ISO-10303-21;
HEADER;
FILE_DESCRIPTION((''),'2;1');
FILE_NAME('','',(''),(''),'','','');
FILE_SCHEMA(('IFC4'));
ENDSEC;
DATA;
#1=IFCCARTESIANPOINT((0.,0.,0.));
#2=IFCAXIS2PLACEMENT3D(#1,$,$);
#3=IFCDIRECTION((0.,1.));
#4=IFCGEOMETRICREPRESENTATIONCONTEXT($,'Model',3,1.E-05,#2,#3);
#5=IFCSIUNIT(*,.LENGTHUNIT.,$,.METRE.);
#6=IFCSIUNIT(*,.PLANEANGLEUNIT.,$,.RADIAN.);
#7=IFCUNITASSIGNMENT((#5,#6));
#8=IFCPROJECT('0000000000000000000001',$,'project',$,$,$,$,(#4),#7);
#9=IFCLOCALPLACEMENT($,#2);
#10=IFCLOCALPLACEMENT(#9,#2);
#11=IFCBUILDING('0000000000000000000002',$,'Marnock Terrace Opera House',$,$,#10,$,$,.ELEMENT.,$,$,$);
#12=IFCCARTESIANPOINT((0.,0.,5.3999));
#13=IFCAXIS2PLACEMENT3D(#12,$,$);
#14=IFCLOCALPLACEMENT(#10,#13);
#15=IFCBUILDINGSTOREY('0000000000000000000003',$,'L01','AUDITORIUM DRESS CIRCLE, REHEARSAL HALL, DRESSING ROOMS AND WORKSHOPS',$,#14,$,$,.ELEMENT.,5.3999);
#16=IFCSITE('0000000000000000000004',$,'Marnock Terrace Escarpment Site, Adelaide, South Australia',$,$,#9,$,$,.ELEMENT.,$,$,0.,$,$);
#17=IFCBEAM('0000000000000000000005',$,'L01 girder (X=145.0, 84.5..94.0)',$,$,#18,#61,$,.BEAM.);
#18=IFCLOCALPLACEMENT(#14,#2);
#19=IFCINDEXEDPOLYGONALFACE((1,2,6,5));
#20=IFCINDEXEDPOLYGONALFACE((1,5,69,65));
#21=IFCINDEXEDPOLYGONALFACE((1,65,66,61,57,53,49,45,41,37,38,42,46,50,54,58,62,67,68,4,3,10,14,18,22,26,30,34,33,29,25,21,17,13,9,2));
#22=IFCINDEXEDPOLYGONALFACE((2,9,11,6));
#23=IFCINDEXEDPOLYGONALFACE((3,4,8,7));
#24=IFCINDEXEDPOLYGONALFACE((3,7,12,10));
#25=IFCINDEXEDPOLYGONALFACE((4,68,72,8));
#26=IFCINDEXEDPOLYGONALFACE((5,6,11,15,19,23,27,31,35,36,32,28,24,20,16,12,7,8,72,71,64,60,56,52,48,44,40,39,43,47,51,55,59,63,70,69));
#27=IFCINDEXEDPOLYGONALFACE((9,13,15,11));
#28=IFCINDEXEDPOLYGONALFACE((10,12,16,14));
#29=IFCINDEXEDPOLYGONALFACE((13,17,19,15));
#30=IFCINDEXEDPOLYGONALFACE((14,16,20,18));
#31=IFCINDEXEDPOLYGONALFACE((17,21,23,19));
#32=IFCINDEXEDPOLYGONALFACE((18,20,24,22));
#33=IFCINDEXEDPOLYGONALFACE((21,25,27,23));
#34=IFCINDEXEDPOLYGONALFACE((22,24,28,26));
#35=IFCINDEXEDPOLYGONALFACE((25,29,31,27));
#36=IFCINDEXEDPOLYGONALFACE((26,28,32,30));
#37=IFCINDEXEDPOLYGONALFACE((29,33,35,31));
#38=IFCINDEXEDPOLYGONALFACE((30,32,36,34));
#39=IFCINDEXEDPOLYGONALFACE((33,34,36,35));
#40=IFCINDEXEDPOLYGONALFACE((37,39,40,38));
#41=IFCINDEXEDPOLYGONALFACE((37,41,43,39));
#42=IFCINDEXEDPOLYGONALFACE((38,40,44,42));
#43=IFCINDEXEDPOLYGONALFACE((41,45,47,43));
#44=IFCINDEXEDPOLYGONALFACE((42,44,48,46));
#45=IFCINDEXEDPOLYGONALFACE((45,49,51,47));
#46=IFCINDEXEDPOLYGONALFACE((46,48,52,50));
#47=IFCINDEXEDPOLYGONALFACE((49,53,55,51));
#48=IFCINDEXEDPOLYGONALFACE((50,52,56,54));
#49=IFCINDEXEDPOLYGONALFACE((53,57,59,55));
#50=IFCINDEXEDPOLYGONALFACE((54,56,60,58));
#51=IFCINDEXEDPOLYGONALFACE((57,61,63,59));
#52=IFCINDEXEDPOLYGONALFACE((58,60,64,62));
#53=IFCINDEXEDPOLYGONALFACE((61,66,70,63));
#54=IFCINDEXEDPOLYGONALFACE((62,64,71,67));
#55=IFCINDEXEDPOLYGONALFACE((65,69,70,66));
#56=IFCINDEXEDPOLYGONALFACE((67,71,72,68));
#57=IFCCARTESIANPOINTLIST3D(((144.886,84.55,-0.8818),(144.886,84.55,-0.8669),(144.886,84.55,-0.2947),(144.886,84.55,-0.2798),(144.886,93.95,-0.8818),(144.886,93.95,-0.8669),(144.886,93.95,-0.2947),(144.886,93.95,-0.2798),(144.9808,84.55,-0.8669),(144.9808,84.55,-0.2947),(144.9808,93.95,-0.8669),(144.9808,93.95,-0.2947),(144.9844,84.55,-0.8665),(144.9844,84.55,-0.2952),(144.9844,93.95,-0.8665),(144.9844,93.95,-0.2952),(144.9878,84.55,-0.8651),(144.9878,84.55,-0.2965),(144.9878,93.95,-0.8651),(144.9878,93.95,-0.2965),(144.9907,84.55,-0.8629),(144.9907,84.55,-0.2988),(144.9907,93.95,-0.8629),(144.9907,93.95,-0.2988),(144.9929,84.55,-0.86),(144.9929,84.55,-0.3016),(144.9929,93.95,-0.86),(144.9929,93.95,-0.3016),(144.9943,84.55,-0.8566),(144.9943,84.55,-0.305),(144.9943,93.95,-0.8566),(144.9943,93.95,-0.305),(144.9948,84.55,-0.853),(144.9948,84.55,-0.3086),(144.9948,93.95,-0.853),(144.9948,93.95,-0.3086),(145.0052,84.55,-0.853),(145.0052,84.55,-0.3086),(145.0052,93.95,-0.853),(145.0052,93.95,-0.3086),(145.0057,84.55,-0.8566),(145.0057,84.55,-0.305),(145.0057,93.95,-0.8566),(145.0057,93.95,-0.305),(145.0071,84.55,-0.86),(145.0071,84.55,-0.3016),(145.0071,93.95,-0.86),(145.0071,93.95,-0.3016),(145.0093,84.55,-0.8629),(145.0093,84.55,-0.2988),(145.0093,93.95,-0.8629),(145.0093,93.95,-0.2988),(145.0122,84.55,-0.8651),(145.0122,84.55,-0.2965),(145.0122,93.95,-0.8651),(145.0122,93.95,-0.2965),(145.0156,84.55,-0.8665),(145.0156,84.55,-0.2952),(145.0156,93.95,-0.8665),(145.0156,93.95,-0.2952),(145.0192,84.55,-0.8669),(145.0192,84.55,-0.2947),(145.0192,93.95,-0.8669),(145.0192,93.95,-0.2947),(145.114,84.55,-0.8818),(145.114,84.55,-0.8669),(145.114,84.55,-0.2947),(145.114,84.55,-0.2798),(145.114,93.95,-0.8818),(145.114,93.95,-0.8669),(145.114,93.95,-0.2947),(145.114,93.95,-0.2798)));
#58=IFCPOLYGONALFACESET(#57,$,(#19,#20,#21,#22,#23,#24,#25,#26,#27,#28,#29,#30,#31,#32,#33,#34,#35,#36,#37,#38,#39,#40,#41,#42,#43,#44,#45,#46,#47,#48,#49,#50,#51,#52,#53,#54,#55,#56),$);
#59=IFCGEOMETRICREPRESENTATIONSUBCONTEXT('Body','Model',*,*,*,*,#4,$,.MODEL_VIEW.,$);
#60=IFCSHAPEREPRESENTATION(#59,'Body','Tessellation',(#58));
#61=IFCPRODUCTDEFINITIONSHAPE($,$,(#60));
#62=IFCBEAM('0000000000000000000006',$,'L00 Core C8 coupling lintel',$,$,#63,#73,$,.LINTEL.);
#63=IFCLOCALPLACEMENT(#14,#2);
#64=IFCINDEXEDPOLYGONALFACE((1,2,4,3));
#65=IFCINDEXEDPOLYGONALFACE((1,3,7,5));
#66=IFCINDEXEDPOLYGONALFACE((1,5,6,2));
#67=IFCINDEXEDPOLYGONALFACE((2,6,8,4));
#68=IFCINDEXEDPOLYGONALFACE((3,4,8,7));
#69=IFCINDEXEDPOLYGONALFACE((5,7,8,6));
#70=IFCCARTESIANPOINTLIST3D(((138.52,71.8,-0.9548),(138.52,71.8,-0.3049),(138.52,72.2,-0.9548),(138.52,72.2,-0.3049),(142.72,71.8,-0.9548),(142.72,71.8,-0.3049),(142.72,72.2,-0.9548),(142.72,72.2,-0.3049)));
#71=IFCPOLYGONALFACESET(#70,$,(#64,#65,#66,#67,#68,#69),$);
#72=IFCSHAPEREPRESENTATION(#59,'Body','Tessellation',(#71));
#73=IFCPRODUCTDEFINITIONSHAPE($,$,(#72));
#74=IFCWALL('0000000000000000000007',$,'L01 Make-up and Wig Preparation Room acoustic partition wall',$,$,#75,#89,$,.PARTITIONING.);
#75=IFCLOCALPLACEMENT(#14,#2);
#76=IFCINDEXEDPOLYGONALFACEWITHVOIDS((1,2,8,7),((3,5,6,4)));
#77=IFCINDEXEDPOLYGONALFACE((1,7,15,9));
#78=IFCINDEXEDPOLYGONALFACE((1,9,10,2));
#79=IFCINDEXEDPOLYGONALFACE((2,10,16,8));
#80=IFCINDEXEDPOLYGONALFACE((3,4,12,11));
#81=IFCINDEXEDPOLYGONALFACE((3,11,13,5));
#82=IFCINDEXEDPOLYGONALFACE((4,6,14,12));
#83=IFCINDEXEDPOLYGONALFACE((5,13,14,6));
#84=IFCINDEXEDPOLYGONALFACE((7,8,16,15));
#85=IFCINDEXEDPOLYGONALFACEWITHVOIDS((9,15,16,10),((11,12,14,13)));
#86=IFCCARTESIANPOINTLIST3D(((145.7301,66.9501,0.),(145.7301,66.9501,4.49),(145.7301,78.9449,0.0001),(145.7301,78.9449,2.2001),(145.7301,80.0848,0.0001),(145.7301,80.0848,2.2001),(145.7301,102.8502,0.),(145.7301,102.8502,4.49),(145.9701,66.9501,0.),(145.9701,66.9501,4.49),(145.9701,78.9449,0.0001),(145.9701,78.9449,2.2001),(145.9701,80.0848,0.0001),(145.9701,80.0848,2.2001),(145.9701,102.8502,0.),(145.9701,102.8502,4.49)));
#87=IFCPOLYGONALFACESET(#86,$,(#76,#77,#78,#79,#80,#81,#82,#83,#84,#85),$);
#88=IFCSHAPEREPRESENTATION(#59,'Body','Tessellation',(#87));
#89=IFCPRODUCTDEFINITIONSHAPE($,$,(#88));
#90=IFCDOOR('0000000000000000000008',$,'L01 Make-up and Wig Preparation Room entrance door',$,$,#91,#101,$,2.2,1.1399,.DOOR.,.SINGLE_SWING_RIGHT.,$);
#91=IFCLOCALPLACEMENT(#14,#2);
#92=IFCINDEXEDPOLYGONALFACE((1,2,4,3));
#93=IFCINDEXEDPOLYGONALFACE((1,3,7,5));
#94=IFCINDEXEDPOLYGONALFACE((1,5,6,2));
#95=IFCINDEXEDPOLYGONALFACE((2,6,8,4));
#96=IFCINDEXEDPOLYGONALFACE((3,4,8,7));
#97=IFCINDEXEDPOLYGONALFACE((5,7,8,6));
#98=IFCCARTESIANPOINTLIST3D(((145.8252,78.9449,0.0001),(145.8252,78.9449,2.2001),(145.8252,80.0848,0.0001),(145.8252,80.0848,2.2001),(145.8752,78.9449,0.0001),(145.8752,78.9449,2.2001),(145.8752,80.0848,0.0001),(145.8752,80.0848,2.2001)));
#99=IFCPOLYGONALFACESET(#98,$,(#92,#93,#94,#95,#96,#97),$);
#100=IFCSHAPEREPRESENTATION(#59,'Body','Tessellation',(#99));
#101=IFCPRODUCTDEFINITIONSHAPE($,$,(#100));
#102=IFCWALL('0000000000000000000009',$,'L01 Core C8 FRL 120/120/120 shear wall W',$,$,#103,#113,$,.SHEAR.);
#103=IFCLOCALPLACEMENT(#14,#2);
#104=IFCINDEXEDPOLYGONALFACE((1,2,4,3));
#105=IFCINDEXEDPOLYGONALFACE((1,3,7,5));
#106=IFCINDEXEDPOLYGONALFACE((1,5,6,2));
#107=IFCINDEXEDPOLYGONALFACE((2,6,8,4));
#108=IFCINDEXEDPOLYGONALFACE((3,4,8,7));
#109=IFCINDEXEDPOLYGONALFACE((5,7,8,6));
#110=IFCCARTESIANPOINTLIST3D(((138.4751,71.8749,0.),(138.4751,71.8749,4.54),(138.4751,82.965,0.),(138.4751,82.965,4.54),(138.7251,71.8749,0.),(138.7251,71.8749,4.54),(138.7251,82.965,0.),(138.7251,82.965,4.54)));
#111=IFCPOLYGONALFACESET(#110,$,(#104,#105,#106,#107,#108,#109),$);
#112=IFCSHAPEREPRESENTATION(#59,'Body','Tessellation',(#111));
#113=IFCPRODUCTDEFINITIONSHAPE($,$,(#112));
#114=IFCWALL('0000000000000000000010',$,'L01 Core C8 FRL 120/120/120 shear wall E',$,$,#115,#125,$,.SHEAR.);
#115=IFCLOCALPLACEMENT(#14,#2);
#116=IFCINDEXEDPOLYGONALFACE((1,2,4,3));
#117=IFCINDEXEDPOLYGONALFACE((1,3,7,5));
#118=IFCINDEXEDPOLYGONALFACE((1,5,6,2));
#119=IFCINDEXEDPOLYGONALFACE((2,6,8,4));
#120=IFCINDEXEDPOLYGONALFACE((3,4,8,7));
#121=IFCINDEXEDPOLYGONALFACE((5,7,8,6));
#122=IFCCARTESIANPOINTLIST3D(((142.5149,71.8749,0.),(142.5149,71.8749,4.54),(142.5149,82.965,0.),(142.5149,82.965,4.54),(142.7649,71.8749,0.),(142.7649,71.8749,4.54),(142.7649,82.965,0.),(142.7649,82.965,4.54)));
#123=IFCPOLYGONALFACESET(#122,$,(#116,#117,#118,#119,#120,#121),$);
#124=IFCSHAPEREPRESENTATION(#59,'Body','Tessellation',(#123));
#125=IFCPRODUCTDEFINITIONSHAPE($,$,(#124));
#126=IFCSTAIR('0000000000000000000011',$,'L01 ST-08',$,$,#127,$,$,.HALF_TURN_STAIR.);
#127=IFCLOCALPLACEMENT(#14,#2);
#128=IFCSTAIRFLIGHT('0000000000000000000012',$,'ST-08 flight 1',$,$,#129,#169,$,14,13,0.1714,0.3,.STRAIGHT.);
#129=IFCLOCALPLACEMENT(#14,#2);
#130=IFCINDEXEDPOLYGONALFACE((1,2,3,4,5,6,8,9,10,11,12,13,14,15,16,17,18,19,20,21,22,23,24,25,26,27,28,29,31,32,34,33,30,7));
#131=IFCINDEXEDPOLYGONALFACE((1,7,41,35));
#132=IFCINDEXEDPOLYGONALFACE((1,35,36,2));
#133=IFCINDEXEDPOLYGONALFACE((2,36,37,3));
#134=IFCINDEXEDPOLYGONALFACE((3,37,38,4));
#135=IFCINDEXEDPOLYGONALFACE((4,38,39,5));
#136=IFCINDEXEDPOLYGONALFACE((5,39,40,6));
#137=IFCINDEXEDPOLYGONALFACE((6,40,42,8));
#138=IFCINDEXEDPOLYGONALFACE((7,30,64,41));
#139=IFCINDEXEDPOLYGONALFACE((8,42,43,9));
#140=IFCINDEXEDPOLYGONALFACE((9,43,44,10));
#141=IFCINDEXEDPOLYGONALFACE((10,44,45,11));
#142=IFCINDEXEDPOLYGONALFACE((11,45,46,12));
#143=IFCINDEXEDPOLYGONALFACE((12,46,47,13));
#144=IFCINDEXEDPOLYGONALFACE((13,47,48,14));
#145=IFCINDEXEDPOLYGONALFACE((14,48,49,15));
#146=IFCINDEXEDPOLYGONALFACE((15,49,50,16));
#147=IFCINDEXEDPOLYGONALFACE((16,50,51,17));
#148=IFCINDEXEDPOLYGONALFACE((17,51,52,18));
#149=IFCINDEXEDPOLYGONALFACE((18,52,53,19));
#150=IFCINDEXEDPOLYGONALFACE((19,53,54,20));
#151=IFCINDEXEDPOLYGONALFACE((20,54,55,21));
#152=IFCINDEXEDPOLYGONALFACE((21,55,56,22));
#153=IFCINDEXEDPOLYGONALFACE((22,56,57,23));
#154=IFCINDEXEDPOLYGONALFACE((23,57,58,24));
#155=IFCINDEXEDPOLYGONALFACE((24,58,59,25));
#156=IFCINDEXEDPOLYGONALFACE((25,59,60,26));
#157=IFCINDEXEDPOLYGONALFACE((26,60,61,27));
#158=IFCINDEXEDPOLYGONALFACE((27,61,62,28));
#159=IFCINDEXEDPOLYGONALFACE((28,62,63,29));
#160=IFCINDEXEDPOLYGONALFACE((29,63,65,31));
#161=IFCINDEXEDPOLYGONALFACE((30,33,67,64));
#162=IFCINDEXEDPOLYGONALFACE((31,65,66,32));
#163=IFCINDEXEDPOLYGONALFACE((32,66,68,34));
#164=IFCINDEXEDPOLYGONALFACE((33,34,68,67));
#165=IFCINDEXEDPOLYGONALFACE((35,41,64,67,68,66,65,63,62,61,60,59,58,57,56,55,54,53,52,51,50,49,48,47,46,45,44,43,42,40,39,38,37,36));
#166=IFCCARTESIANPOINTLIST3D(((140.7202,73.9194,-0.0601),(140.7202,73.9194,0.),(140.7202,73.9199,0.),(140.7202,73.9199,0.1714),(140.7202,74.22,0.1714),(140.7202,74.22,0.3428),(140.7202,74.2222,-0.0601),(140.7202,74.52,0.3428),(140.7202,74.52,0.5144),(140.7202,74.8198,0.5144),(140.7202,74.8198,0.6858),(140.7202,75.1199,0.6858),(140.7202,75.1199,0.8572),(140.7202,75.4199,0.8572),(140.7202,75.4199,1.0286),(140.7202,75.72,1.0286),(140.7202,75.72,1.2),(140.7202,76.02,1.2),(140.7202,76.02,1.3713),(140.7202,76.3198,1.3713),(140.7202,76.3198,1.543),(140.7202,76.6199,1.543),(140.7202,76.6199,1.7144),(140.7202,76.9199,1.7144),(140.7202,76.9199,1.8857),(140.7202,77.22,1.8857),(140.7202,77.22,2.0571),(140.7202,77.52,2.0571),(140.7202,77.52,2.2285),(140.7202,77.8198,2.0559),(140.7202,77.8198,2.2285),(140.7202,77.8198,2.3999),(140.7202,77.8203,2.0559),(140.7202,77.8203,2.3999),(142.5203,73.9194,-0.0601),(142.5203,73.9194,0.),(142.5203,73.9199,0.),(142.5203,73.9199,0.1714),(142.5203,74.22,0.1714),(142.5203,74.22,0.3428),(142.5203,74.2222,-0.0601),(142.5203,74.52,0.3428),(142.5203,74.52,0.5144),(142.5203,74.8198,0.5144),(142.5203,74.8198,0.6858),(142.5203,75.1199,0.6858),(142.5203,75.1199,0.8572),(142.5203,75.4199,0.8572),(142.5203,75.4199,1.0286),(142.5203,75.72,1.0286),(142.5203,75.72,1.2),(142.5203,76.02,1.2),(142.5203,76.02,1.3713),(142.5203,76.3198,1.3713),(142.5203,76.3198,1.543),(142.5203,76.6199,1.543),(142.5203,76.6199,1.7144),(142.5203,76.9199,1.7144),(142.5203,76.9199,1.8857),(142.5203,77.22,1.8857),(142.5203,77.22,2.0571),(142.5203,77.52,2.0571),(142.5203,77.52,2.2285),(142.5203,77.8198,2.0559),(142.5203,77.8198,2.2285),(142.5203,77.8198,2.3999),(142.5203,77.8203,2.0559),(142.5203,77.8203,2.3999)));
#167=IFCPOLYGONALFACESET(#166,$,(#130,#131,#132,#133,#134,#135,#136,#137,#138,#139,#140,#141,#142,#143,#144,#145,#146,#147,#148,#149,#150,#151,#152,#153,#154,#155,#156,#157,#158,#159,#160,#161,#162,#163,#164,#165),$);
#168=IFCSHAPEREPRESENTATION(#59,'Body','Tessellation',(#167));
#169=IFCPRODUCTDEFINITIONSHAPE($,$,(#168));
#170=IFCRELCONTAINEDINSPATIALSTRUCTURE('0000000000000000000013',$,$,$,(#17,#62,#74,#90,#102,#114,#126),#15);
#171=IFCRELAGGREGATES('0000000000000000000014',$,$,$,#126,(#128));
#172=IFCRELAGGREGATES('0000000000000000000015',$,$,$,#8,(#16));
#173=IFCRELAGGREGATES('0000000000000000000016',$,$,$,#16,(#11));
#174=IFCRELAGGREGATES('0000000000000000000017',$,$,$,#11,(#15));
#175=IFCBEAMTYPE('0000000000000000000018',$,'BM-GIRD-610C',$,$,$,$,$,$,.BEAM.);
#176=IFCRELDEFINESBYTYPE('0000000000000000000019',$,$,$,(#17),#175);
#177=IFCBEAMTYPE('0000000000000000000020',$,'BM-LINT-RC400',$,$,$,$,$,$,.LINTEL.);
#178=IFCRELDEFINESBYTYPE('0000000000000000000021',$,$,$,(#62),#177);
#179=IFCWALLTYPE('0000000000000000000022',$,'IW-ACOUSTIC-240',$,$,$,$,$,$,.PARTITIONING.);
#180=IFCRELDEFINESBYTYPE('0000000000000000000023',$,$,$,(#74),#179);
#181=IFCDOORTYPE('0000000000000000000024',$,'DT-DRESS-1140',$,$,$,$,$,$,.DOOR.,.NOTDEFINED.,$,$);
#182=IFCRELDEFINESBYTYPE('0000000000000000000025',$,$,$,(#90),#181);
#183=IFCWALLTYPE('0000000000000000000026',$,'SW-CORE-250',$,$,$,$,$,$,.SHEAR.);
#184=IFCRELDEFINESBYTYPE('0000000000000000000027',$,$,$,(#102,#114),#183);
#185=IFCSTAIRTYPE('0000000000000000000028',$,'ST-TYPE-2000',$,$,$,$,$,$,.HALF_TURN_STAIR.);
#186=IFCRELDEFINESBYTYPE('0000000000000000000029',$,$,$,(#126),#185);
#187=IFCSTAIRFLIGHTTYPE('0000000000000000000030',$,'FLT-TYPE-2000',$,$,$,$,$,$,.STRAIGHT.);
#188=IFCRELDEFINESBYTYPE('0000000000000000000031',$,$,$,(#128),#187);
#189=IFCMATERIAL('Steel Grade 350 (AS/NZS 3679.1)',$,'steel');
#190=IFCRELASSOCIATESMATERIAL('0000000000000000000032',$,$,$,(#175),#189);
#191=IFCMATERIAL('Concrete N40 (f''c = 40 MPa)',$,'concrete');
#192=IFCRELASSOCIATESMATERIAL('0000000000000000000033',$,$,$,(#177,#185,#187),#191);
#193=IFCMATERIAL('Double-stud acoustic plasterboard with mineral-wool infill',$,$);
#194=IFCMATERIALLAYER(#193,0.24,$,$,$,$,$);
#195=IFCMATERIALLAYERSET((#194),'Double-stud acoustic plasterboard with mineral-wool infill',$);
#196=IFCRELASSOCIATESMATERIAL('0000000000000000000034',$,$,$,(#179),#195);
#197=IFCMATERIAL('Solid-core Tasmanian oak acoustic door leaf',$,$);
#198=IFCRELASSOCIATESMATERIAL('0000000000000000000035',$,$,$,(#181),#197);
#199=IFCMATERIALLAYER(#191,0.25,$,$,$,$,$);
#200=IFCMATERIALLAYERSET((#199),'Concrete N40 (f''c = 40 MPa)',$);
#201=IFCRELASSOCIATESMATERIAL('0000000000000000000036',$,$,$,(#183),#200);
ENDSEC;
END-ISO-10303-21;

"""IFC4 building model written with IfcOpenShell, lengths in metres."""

from ifc_helpers import new_model, si_unit, direction, frame, frame_2d, origin, origin_2d, place, context, subcontext, project, spatial, polyline, rectangle, i_section, outline, extrude, material, layer, layer_set, material_profile, profile_set, type_object, element, fill, aggregate, save


model = new_model("IFC4")

# Units and contexts
model_context = context("Model", 3, precision=1e-05, world=origin(), true_north=direction((0.0, 1.0)))
body_context = subcontext(model_context, "Body", "Model", "MODEL_VIEW")
ifc_project = project(units=[si_unit("LENGTHUNIT", "METRE"), si_unit("PLANEANGLEUNIT", "RADIAN")], contexts=[model_context])

# Site, building, storey
site_placement = place(None, origin())
site = spatial("IfcSite", under=ifc_project, at=site_placement, Name="Marnock Terrace Escarpment Site, Adelaide, South Australia", CompositionType="ELEMENT", RefElevation=0.0)
building_placement = place(site_placement, origin())
building = spatial("IfcBuilding", under=site, at=building_placement, Name="Marnock Terrace Opera House", CompositionType="ELEMENT")
storey_placement = place(building_placement, frame((0.0, 0.0, 5.3999)))
storey = spatial("IfcBuildingStorey", under=building, at=storey_placement, Name="L01", Description="AUDITORIUM DRESS CIRCLE, REHEARSAL HALL, DRESSING ROOMS AND WORKSHOPS", CompositionType="ELEMENT", Elevation=5.3999)

# Shared definitions
ifc_material_1 = material(Name="Concrete N40 (f'c = 40 MPa)", Category="concrete")

# Beams
ifc_material_2 = material(Name="Steel Grade 350 (AS/NZS 3679.1)", Category="steel")
ifc_material_profile_1 = material_profile(ifc_material_2, i_section(OverallWidth=0.228, OverallDepth=0.6021, WebThickness=0.0105, FlangeThickness=0.0149, FilletRadius=0.0139, at=origin_2d()))
ifc_profile_set_1 = profile_set([ifc_material_profile_1], Name="Steel Grade 350 (AS/NZS 3679.1)")
beam_type_1 = type_object("IfcBeamType", Name="BM-GIRD-610C", PredefinedType="BEAM", material=ifc_profile_set_1)
beam_1_placement = place(storey_placement, frame((145.0, 84.55, -0.5808), z_axis=(0.0, 1.0, 0.0), x_axis=(-1.0, 0.0, 0.0)))
element("IfcBeam", 1, at=beam_1_placement, inside=storey, type_object=beam_type_1, Name="L01 girder (X=145.0, 84.5..94.0)", PredefinedType="BEAM", context=body_context, shape_type="SweptSolid", body=[
    extrude(i_section(OverallWidth=0.228, OverallDepth=0.6021, WebThickness=0.0105, FlangeThickness=0.0149, FilletRadius=0.0139, at=origin_2d()), origin(), (0.0, 0.0, 1.0), 9.3999),
])
ifc_material_profile_2 = material_profile(ifc_material_1, rectangle(XDim=0.3999, YDim=0.6499, at=origin_2d()))
ifc_profile_set_2 = profile_set([ifc_material_profile_2], Name="Concrete N40 (f'c = 40 MPa)")
beam_type_2 = type_object("IfcBeamType", Name="BM-LINT-RC400", PredefinedType="LINTEL", material=ifc_profile_set_2)
beam_2_placement = place(storey_placement, frame((138.52, 72.0, -0.6299), z_axis=(1.0, 0.0, 0.0), x_axis=(0.0, 1.0, 0.0)))
element("IfcBeam", 2, at=beam_2_placement, inside=storey, type_object=beam_type_2, Name="L00 Core C8 coupling lintel", PredefinedType="LINTEL", context=body_context, shape_type="SweptSolid", body=[
    extrude(rectangle(XDim=0.3999, YDim=0.6499, at=origin_2d()), origin(), (0.0, 0.0, 1.0), 4.2),
])

# Wall, opening, door
ifc_material_3 = material(Name="Double-stud acoustic plasterboard with mineral-wool infill")
ifc_layer_1 = layer(ifc_material_3, 0.24)
ifc_layer_set_1 = layer_set([ifc_layer_1], Name="Double-stud acoustic plasterboard with mineral-wool infill")
wall_type_1 = type_object("IfcWallType", Name="IW-ACOUSTIC-240", PredefinedType="PARTITIONING", material=ifc_layer_set_1)
wall_placement = place(storey_placement, frame((145.8501, 66.95, 0.0), z_axis=(0.0, 0.0, 1.0), x_axis=(0.0, 1.0, 0.0)))
wall = element("IfcWall", 3, at=wall_placement, inside=storey, type_object=wall_type_1, Name="L01 Make-up and Wig Preparation Room acoustic partition wall", PredefinedType="PARTITIONING", context=body_context, shape_type="SweptSolid", body=[
    extrude(rectangle(XDim=35.9001, YDim=0.24, at=frame_2d((17.9502, 0.0))), origin(), (0.0, 0.0, 1.0), 4.49),
])
opening_placement = place(wall_placement, frame((11.9951, 0.0, 0.0)))
opening = element("IfcOpeningElement", 4, at=opening_placement, cuts=wall, PredefinedType="OPENING", context=body_context, shape_type="SweptSolid", body=[
    extrude(rectangle(XDim=1.1399, YDim=2.2, at=frame_2d((0.5698, 1.1001))), frame((0.0, 0.1299, 0.0), z_axis=(0.0, -1.0, 0.0), x_axis=(1.0, 0.0, 0.0)), (0.0, 0.0, 1.0), 0.26),
])
ifc_material_4 = material(Name="Solid-core Tasmanian oak acoustic door leaf")
door_type = type_object("IfcDoorType", Name="DT-DRESS-1140", OperationType="NOTDEFINED", PredefinedType="DOOR", material=ifc_material_4)
door_placement = place(opening_placement, origin())
door = element("IfcDoor", 5, at=door_placement, inside=storey, type_object=door_type, Name="L01 Make-up and Wig Preparation Room entrance door", OperationType="SINGLE_SWING_RIGHT", OverallHeight=2.2, OverallWidth=1.1399, PredefinedType="DOOR", context=body_context, shape_type="SweptSolid", body=[
    extrude(rectangle(XDim=1.1399, YDim=2.2, at=frame_2d((0.5698, 1.1001))), frame((0.0, 0.0249, 0.0), z_axis=(0.0, -1.0, 0.0), x_axis=(1.0, 0.0, 0.0)), (0.0, 0.0, 1.0), 0.05),
])
fill(opening, door)

# Walls
ifc_layer_2 = layer(ifc_material_1, 0.25)
ifc_layer_set_2 = layer_set([ifc_layer_2], Name="Concrete N40 (f'c = 40 MPa)")
wall_type_2 = type_object("IfcWallType", Name="SW-CORE-250", PredefinedType="SHEAR", material=ifc_layer_set_2)
for number, where, z_axis, x_axis, name in (
    (6, (138.6001, 71.875, 0.0), (0.0, 0.0, 1.0), (0.0, 1.0, 0.0), "L01 Core C8 FRL 120/120/120 shear wall W"),
    (7, (142.6399, 71.875, 0.0), (0.0, 0.0, 1.0), (0.0, 1.0, 0.0), "L01 Core C8 FRL 120/120/120 shear wall E"),
):
    element("IfcWall", number, at=place(storey_placement, frame(where, z_axis=z_axis, x_axis=x_axis)), inside=storey, type_object=wall_type_2, Name=name, PredefinedType="SHEAR", context=body_context, shape_type="SweptSolid", body=[
        extrude(rectangle(XDim=11.0901, YDim=0.25, at=frame_2d((5.5449, 0.0))), origin(), (0.0, 0.0, 1.0), 4.54),
    ])

# Stair, stair flight
stair_type = type_object("IfcStairType", Name="ST-TYPE-2000", PredefinedType="HALF_TURN_STAIR", material=ifc_material_1)
stair_placement = place(storey_placement, origin())
stair = element("IfcStair", 8, at=stair_placement, inside=storey, type_object=stair_type, Name="L01 ST-08", PredefinedType="HALF_TURN_STAIR")
stair_flight_type = type_object("IfcStairFlightType", Name="FLT-TYPE-2000", PredefinedType="STRAIGHT", material=ifc_material_1)
stair_flight_1_placement = place(storey_placement, frame((141.6201, 73.9199, 0.0), z_axis=(0.0, 0.0, 1.0), x_axis=(0.0, 1.0, 0.0)))
stair_flight_1 = element("IfcStairFlight", 9, at=stair_flight_1_placement, type_object=stair_flight_type, Name="ST-08 flight 1", NumberOfRisers=14, NumberOfTreads=13, PredefinedType="STRAIGHT", RiserHeight=0.1714, TreadLength=0.3, context=body_context, shape_type="SweptSolid", body=[
    extrude(outline(polyline([(-0.0005, -0.0601), (-0.0005, 0.0), (0.0, 0.0), (0.0, 0.1714), (0.3, 0.1714), (0.3, 0.3428), (0.6001, 0.3428), (0.6001, 0.5144), (0.8999, 0.5144), (0.8999, 0.6858), (1.2, 0.6858), (1.2, 0.8572), (1.5, 0.8572), (1.5, 1.0286), (1.8, 1.0286), (1.8, 1.2), (2.1001, 1.2), (2.1001, 1.3713), (2.3999, 1.3713), (2.3999, 1.543), (2.7, 1.543), (2.7, 1.7144), (3.0, 1.7144), (3.0, 1.8857), (3.3, 1.8857), (3.3, 2.0571), (3.6001, 2.0571), (3.6001, 2.2285), (3.8999, 2.2285), (3.8999, 2.3999), (3.9004, 2.3999), (3.9004, 2.0559), (3.8999, 2.0559), (0.3022, -0.0601), (-0.0005, -0.0601)])), frame((0.0, 0.8999, 0.0), z_axis=(0.0, -1.0, 0.0), x_axis=(1.0, 0.0, 0.0)), (0.0, 0.0, 1.0), 1.8),
])
aggregate(stair, [stair_flight_1])

save(model, "model.ifc")
